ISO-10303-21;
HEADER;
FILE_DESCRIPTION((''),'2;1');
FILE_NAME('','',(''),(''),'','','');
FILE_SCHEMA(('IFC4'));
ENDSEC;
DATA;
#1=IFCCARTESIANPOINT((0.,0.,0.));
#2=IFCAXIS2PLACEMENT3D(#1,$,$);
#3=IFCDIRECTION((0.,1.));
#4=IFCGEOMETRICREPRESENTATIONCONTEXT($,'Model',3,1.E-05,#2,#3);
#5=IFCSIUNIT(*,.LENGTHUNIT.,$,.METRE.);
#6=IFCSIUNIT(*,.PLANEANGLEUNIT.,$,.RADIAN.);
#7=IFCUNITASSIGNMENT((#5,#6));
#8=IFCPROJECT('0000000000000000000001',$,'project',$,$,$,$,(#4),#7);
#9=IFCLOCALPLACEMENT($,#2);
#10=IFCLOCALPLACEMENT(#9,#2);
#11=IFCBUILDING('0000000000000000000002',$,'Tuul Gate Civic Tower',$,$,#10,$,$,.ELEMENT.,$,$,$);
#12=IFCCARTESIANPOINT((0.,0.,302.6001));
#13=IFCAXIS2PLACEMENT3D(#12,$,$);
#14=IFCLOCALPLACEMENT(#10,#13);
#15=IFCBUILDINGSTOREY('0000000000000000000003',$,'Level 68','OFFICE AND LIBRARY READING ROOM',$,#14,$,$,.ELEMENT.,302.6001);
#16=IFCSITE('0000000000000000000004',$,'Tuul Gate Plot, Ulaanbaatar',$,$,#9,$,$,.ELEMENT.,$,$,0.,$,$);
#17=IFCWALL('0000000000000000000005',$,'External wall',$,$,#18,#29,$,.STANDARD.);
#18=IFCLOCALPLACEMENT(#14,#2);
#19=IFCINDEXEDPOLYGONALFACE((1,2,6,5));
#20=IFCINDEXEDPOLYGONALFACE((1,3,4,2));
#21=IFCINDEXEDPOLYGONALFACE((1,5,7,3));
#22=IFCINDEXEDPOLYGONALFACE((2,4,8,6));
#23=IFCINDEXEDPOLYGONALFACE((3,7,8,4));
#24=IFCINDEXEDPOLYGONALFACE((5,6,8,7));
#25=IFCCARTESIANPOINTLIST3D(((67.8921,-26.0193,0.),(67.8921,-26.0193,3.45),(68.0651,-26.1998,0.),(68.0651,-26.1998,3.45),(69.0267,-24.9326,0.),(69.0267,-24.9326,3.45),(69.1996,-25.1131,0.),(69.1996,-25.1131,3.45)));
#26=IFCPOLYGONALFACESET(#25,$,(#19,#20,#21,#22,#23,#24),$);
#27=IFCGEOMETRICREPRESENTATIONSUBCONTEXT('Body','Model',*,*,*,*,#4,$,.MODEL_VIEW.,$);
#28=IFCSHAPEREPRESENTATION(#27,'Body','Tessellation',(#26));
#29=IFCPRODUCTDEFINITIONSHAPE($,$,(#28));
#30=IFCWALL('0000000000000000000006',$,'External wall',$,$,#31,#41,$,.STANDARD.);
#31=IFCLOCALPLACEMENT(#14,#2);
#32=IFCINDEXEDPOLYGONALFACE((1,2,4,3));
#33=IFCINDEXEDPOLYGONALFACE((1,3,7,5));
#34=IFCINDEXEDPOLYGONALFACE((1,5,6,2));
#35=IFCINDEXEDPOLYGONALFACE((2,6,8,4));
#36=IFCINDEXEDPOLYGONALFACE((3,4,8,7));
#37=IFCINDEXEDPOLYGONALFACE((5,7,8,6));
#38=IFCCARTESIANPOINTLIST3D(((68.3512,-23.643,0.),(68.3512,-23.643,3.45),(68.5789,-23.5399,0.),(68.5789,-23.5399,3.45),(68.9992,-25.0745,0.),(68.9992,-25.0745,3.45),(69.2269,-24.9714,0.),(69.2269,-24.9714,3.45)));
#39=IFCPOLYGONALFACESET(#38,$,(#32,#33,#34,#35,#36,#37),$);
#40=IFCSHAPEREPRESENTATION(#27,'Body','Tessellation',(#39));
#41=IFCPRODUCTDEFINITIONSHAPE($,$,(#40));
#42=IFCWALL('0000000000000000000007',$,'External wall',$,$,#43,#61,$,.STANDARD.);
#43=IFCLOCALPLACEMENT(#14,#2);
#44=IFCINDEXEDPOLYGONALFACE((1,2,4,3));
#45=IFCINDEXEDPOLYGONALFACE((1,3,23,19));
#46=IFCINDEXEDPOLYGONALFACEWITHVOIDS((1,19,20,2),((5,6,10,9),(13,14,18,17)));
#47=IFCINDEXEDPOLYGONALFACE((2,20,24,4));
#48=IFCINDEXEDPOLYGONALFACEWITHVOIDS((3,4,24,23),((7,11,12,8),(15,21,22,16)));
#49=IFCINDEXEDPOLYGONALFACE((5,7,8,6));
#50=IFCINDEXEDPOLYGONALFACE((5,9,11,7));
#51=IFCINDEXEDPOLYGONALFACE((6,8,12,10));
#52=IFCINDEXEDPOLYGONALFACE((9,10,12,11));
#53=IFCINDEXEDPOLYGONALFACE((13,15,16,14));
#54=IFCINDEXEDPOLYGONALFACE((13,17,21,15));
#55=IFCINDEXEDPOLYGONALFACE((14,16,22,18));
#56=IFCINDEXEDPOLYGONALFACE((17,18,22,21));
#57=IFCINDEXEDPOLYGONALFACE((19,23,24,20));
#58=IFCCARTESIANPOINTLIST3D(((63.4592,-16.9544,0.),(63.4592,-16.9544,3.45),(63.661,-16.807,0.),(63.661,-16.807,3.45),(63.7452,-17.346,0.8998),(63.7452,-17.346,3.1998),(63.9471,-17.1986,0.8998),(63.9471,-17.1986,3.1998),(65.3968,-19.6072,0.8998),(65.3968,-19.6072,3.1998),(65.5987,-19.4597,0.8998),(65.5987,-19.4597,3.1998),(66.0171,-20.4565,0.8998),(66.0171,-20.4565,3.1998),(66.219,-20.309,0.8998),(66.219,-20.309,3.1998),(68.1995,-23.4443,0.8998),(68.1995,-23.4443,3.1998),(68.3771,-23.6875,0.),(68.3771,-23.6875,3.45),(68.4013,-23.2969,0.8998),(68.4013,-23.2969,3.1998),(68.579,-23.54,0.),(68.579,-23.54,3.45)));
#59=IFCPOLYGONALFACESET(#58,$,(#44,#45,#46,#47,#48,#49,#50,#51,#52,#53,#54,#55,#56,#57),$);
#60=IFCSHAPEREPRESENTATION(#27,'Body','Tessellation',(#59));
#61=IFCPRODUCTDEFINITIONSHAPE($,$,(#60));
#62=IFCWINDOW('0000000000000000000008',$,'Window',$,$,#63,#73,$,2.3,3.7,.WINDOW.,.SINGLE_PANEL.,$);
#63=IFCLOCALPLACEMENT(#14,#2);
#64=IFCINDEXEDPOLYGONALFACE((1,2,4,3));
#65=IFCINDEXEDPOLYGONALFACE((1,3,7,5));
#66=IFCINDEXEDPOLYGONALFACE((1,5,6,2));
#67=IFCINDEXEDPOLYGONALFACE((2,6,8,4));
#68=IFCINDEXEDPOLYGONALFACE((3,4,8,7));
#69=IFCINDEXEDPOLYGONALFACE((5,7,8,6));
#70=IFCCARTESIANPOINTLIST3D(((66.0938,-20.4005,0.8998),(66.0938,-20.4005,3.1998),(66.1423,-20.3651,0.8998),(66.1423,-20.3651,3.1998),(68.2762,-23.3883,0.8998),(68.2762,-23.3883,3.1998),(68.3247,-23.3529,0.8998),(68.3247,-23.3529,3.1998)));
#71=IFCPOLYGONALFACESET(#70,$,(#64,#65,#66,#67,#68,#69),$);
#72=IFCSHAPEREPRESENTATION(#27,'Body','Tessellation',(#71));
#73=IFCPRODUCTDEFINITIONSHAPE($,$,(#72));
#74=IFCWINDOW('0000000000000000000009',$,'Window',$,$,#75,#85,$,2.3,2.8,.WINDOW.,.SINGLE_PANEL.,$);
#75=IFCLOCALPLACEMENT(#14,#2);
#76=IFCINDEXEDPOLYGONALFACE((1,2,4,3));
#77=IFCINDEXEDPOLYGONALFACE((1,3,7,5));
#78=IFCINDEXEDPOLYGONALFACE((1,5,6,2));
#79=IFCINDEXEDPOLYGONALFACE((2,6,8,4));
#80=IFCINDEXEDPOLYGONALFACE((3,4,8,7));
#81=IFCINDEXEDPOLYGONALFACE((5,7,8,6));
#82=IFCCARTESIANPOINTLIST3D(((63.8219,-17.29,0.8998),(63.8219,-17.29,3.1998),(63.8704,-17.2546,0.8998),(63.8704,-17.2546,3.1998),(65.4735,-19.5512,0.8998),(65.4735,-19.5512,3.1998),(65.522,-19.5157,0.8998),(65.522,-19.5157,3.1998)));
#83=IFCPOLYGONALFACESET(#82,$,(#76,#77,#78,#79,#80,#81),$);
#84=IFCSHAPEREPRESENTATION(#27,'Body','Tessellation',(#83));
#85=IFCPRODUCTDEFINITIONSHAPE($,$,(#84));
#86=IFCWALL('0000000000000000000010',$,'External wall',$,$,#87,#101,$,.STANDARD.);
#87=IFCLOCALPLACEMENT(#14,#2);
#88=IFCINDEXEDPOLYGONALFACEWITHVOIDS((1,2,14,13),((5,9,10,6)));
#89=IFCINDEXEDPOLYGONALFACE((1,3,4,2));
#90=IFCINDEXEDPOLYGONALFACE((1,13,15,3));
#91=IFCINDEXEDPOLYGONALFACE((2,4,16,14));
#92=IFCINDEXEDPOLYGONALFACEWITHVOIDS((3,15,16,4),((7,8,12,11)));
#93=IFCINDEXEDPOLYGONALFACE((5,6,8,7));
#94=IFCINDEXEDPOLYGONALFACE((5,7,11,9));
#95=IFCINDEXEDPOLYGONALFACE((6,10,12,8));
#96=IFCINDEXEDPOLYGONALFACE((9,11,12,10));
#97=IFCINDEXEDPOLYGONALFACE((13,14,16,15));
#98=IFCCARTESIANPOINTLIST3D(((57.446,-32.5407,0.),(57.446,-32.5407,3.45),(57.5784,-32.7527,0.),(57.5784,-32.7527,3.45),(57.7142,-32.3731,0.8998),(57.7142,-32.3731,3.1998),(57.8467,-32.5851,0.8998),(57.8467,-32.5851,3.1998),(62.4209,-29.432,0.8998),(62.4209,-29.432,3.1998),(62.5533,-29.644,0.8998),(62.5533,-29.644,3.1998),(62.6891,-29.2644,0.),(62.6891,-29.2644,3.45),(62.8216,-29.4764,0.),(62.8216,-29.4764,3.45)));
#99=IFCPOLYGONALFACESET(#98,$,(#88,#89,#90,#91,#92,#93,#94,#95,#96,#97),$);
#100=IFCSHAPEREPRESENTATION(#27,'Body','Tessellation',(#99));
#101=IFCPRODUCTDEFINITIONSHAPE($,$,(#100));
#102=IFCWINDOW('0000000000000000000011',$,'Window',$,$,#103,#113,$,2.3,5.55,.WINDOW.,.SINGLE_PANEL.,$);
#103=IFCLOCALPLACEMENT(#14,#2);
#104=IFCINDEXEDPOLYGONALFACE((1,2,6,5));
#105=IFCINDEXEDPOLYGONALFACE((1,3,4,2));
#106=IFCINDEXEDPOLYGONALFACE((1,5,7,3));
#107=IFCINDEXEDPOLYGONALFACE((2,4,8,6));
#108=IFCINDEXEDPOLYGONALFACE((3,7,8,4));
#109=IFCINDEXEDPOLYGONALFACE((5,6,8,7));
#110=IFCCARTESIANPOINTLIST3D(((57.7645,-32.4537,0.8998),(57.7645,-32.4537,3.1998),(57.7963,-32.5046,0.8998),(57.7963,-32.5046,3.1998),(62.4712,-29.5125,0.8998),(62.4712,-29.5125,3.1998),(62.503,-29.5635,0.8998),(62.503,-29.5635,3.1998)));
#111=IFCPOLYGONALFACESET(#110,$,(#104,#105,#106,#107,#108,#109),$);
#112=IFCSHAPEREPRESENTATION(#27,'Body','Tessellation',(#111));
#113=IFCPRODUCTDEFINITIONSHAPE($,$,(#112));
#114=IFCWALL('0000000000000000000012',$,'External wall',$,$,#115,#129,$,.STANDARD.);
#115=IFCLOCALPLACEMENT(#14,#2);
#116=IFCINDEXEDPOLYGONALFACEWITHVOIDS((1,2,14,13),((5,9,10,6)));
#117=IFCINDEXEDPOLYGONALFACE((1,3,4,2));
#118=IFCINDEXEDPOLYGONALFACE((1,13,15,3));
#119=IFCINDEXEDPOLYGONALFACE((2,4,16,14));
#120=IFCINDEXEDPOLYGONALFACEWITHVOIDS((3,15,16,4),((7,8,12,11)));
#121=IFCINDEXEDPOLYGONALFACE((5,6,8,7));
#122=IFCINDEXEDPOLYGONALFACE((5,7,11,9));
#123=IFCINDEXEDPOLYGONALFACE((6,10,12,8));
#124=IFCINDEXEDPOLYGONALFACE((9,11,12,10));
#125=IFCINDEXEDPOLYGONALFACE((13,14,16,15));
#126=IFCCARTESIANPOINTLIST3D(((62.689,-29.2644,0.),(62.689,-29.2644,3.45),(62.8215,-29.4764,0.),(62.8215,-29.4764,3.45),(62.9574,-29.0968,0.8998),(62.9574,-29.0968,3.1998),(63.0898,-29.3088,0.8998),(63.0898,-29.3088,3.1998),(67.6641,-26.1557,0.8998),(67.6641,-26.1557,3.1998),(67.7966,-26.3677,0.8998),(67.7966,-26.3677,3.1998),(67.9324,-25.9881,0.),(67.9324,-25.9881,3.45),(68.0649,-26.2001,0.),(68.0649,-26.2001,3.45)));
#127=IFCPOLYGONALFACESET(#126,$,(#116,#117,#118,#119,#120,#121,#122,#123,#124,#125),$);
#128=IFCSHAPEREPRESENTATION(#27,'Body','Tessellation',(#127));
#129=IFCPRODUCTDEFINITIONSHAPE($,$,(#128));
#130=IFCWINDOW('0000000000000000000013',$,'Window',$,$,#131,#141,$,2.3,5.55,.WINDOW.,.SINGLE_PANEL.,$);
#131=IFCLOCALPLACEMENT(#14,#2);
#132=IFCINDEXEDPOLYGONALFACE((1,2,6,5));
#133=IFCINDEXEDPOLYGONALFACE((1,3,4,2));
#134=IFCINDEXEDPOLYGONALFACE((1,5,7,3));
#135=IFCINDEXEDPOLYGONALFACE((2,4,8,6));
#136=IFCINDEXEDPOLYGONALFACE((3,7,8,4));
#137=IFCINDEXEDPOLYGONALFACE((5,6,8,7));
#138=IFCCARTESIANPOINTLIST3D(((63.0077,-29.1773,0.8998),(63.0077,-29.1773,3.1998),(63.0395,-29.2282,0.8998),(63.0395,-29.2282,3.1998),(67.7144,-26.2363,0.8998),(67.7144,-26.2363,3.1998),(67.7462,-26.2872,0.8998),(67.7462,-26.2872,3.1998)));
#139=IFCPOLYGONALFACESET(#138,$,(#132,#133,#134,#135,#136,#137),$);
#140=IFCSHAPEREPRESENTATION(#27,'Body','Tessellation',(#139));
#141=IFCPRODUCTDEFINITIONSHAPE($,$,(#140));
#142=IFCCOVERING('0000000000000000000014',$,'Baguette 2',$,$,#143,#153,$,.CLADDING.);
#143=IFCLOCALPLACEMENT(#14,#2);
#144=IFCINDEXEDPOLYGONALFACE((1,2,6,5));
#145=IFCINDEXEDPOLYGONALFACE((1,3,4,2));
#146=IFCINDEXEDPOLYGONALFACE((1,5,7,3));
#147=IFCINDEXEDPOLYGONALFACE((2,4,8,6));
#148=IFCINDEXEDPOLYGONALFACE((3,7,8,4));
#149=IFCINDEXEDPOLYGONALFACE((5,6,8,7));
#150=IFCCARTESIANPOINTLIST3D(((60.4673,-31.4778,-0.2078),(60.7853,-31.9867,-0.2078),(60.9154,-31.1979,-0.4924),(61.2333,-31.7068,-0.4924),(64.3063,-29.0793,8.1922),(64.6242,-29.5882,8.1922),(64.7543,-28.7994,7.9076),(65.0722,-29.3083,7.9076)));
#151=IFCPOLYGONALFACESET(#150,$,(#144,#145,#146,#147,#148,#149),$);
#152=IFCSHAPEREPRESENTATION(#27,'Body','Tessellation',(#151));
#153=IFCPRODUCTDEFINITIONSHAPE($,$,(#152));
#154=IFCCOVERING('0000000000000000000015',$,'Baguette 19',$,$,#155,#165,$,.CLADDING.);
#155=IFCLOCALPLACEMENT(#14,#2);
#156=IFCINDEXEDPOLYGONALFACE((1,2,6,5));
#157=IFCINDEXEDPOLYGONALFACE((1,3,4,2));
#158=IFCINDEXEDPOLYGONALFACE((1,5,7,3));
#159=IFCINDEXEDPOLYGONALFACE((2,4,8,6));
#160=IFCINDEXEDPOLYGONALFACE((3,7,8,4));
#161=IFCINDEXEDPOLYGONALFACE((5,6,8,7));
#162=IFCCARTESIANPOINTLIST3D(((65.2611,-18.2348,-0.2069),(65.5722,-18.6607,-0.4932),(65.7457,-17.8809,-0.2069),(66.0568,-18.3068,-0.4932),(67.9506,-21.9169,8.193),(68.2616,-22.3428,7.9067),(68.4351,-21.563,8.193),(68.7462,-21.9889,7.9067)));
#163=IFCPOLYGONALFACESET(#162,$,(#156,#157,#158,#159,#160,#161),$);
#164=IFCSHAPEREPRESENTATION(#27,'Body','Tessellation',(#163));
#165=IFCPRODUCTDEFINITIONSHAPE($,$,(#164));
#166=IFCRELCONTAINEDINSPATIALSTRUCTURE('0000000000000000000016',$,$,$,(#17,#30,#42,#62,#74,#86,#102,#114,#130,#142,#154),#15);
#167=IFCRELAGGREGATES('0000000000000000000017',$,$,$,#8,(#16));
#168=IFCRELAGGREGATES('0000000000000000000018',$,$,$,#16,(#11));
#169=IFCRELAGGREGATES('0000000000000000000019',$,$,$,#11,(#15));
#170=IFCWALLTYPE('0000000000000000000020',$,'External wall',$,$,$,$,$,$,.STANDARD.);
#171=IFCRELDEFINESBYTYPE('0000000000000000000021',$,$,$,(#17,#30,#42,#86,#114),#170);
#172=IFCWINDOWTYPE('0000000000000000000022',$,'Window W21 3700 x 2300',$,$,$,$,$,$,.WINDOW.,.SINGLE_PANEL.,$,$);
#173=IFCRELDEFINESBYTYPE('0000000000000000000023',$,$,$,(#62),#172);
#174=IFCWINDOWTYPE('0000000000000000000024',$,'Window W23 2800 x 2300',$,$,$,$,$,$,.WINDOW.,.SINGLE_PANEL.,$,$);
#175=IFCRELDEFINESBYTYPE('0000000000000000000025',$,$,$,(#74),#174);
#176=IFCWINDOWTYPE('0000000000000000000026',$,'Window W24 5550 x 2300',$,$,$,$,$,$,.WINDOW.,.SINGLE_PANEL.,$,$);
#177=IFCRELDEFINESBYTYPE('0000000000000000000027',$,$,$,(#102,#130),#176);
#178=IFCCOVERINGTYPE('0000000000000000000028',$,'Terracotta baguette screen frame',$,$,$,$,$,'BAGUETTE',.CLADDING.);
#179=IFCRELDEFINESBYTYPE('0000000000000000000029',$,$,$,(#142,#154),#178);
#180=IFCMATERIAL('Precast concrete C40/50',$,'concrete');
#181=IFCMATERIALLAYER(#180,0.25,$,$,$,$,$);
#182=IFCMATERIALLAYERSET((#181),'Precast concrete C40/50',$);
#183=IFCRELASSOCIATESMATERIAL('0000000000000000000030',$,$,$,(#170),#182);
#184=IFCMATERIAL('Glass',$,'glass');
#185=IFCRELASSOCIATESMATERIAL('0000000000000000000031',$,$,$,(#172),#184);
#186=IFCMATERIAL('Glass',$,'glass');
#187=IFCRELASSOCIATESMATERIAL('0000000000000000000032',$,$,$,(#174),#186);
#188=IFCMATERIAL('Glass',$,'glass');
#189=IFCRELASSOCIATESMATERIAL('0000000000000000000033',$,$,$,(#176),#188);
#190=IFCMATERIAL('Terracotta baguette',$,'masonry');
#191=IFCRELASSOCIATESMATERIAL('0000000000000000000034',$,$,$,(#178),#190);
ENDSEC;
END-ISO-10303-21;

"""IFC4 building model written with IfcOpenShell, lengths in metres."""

from ifc_helpers import new_model, si_unit, direction, frame, frame_2d, origin, origin_2d, place, context, subcontext, project, spatial, rectangle, extrude, material, layer, layer_set, material_profile, profile_set, type_object, element, fill, save


model = new_model("IFC4")

# Units and contexts
model_context = context("Model", 3, precision=1e-05, world=origin(), true_north=direction((0.0, 1.0)))
body_context = subcontext(model_context, "Body", "Model", "MODEL_VIEW")
ifc_project = project(units=[si_unit("LENGTHUNIT", "METRE"), si_unit("PLANEANGLEUNIT", "RADIAN")], contexts=[model_context])

# Site, building, storey
site_placement = place(None, origin())
site = spatial("IfcSite", under=ifc_project, at=site_placement, Name="Tuul Gate Plot, Ulaanbaatar", CompositionType="ELEMENT", RefElevation=0.0)
building_placement = place(site_placement, origin())
building = spatial("IfcBuilding", under=site, at=building_placement, Name="Tuul Gate Civic Tower", CompositionType="ELEMENT")
storey_placement = place(building_placement, frame((0.0, 0.0, 302.6001)))
storey = spatial("IfcBuildingStorey", under=building, at=storey_placement, Name="Level 68", Description="OFFICE AND LIBRARY READING ROOM", CompositionType="ELEMENT", Elevation=302.6001)

# Walls
ifc_material_1 = material(Name="Precast concrete C40/50", Category="concrete")
ifc_layer_1 = layer(ifc_material_1, 0.25)
ifc_layer_set_1 = layer_set([ifc_layer_1], Name="Precast concrete C40/50")
wall_type_1 = type_object("IfcWallType", Name="External wall", PredefinedType="STANDARD", material=ifc_layer_set_1)
wall_1_placement = place(storey_placement, frame((67.9785, -26.1096, 0.0), z_axis=(0.0, 0.0, 1.0), x_axis=(0.722173, 0.691713, 0.0)))
element("IfcWall", 1, at=wall_1_placement, inside=storey, type_object=wall_type_1, Name="External wall", PredefinedType="STANDARD", context=body_context, shape_type="SweptSolid", body=[
    extrude(rectangle(XDim=1.571, YDim=0.25, at=frame_2d((0.7856, 0.0))), origin(), (0.0, 0.0, 1.0), 3.45),
])
wall_2_placement = place(storey_placement, frame((69.113, -25.0229, 0.0), z_axis=(0.0, 0.0, 1.0), x_axis=(-0.412386, 0.911009, 0.0)))
element("IfcWall", 2, at=wall_2_placement, inside=storey, type_object=wall_type_1, Name="External wall", PredefinedType="STANDARD", context=body_context, shape_type="SweptSolid", body=[
    extrude(rectangle(XDim=1.5713, YDim=0.25, at=frame_2d((0.7856, 0.0))), origin(), (0.0, 0.0, 1.0), 3.45),
])

# Wall, openings, windows
wall_3_placement = place(storey_placement, frame((68.478, -23.6138, 0.0), z_axis=(0.0, 0.0, 1.0), x_axis=(-0.589828, 0.807529, 0.0)))
wall_3 = element("IfcWall", 3, at=wall_3_placement, inside=storey, type_object=wall_type_1, Name="External wall", PredefinedType="STANDARD", context=body_context, shape_type="SweptSolid", body=[
    extrude(rectangle(XDim=8.3379, YDim=0.25, at=frame_2d((4.1689, 0.0))), origin(), (0.0, 0.0, 1.0), 3.45),
])
opening_1_placement = place(wall_3_placement, frame((0.301, 0.0, 0.8999)))
opening_1 = element("IfcOpeningElement", 4, at=opening_1_placement, cuts=wall_3, PredefinedType="OPENING", context=body_context, shape_type="SweptSolid", body=[
    extrude(rectangle(XDim=3.7, YDim=2.3, at=frame_2d((1.8501, 1.1499))), frame((0.0, 0.135, 0.0), z_axis=(0.0, -1.0, 0.0), x_axis=(1.0, 0.0, 0.0)), (0.0, 0.0, 1.0), 0.27),
])
opening_2_placement = place(wall_3_placement, frame((5.053, 0.0, 0.8999)))
opening_2 = element("IfcOpeningElement", 5, at=opening_2_placement, cuts=wall_3, PredefinedType="OPENING", context=body_context, shape_type="SweptSolid", body=[
    extrude(rectangle(XDim=2.8, YDim=2.3, at=frame_2d((1.3999, 1.1499))), frame((0.0, 0.135, 0.0), z_axis=(0.0, -1.0, 0.0), x_axis=(1.0, 0.0, 0.0)), (0.0, 0.0, 1.0), 0.27),
])
ifc_material_2 = material(Name="Glass", Category="glass")
window_type_1 = type_object("IfcWindowType", Name="Window W21 3700 x 2300", PartitioningType="SINGLE_PANEL", PredefinedType="WINDOW", material=ifc_material_2)
window_1_placement = place(opening_1_placement, origin())
window_1 = element("IfcWindow", 6, at=window_1_placement, inside=storey, type_object=window_type_1, Name="Window", OverallHeight=2.3, OverallWidth=3.7, PartitioningType="SINGLE_PANEL", PredefinedType="WINDOW", context=body_context, shape_type="SweptSolid", body=[
    extrude(rectangle(XDim=3.7, YDim=2.3, at=frame_2d((1.8501, 1.1499))), frame((0.0, 0.03, 0.0), z_axis=(0.0, -1.0, 0.0), x_axis=(1.0, 0.0, 0.0)), (0.0, 0.0, 1.0), 0.0601),
])
fill(opening_1, window_1)
ifc_material_3 = material(Name="Glass", Category="glass")
window_type_2 = type_object("IfcWindowType", Name="Window W23 2800 x 2300", PartitioningType="SINGLE_PANEL", PredefinedType="WINDOW", material=ifc_material_3)
window_2_placement = place(opening_2_placement, origin())
window_2 = element("IfcWindow", 7, at=window_2_placement, inside=storey, type_object=window_type_2, Name="Window", OverallHeight=2.3, OverallWidth=2.8, PartitioningType="SINGLE_PANEL", PredefinedType="WINDOW", context=body_context, shape_type="SweptSolid", body=[
    extrude(rectangle(XDim=2.8, YDim=2.3, at=frame_2d((1.3999, 1.1499))), frame((0.0, 0.03, 0.0), z_axis=(0.0, -1.0, 0.0), x_axis=(1.0, 0.0, 0.0)), (0.0, 0.0, 1.0), 0.0601),
])
fill(opening_2, window_2)

# Walls, openings, windows
wall_4_placement = place(storey_placement, frame((57.5122, -32.6467, 0.0), z_axis=(0.0, 0.0, 1.0), x_axis=(0.848043, 0.529928, 0.0)))
wall_4 = element("IfcWall", 8, at=wall_4_placement, inside=storey, type_object=wall_type_1, Name="External wall", PredefinedType="STANDARD", context=body_context, shape_type="SweptSolid", body=[
    extrude(rectangle(XDim=6.1826, YDim=0.25, at=frame_2d((3.0913, 0.0))), origin(), (0.0, 0.0, 1.0), 3.45),
])
opening_3_placement = place(wall_4_placement, frame((0.3164, 0.0, 0.8999)))
opening_3 = element("IfcOpeningElement", 9, at=opening_3_placement, cuts=wall_4, PredefinedType="OPENING", context=body_context, shape_type="SweptSolid", body=[
    extrude(rectangle(XDim=5.55, YDim=2.3, at=frame_2d((2.7749, 1.1499))), frame((0.0, 0.135, 0.0), z_axis=(0.0, -1.0, 0.0), x_axis=(1.0, 0.0, 0.0)), (0.0, 0.0, 1.0), 0.27),
])
ifc_material_4 = material(Name="Glass", Category="glass")
window_type_3 = type_object("IfcWindowType", Name="Window W24 5550 x 2300", PartitioningType="SINGLE_PANEL", PredefinedType="WINDOW", material=ifc_material_4)
window_3_placement = place(opening_3_placement, origin())
window_3 = element("IfcWindow", 10, at=window_3_placement, inside=storey, type_object=window_type_3, Name="Window", OverallHeight=2.3, OverallWidth=5.55, PartitioningType="SINGLE_PANEL", PredefinedType="WINDOW", context=body_context, shape_type="SweptSolid", body=[
    extrude(rectangle(XDim=5.55, YDim=2.3, at=frame_2d((2.7749, 1.1499))), frame((0.0, 0.03, 0.0), z_axis=(0.0, -1.0, 0.0), x_axis=(1.0, 0.0, 0.0)), (0.0, 0.0, 1.0), 0.0601),
])
fill(opening_3, window_3)
wall_5_placement = place(storey_placement, frame((62.7554, -29.3704, 0.0), z_axis=(0.0, 0.0, 1.0), x_axis=(0.848054, 0.52991, 0.0)))
wall_5 = element("IfcWall", 11, at=wall_5_placement, inside=storey, type_object=wall_type_1, Name="External wall", PredefinedType="STANDARD", context=body_context, shape_type="SweptSolid", body=[
    extrude(rectangle(XDim=6.1829, YDim=0.25, at=frame_2d((3.0913, 0.0))), origin(), (0.0, 0.0, 1.0), 3.45),
])
opening_4_placement = place(wall_5_placement, frame((0.3164, 0.0, 0.8999)))
opening_4 = element("IfcOpeningElement", 12, at=opening_4_placement, cuts=wall_5, PredefinedType="OPENING", context=body_context, shape_type="SweptSolid", body=[
    extrude(rectangle(XDim=5.55, YDim=2.3, at=frame_2d((2.7749, 1.1499))), frame((0.0, 0.135, 0.0), z_axis=(0.0, -1.0, 0.0), x_axis=(1.0, 0.0, 0.0)), (0.0, 0.0, 1.0), 0.27),
])
window_4_placement = place(opening_4_placement, origin())
window_4 = element("IfcWindow", 13, at=window_4_placement, inside=storey, type_object=window_type_3, Name="Window", OverallHeight=2.3, OverallWidth=5.55, PartitioningType="SINGLE_PANEL", PredefinedType="WINDOW", context=body_context, shape_type="SweptSolid", body=[
    extrude(rectangle(XDim=5.55, YDim=2.3, at=frame_2d((2.7749, 1.1499))), frame((0.0, 0.03, 0.0), z_axis=(0.0, -1.0, 0.0), x_axis=(1.0, 0.0, 0.0)), (0.0, 0.0, 1.0), 0.0601),
])
fill(opening_4, window_4)

# Coverings
ifc_material_5 = material(Name="Terracotta baguette", Category="masonry")
ifc_material_profile_1 = material_profile(ifc_material_5, rectangle(XDim=0.6001, YDim=0.6001, at=origin_2d()), Name="Terracotta baguette screen frame")
ifc_profile_set_1 = profile_set([ifc_material_profile_1], Name="Terracotta baguette")
covering_type = type_object("IfcCoveringType", Name="Terracotta baguette screen frame", ElementType="BAGUETTE", PredefinedType="CLADDING", material=ifc_profile_set_1)
covering_1_placement = place(storey_placement, frame((60.8503, -31.5923, -0.3501), z_axis=(0.402317, 0.251359, 0.880318), x_axis=(-0.529863, 0.848083, 0.0)))
element("IfcCovering", 14, at=covering_1_placement, inside=storey, type_object=covering_type, Name="Baguette 2", PredefinedType="CLADDING", context=body_context, shape_type="SweptSolid", body=[
    extrude(rectangle(XDim=0.6001, YDim=0.6001, at=origin_2d()), origin(), (0.0, 0.0, 1.0), 9.542),
])
covering_2_placement = place(storey_placement, frame((68.3484, -21.9529, 8.0498), z_axis=(-0.281391, 0.385253, -0.878862), x_axis=(-0.80753, -0.589826, 0.0)))
element("IfcCovering", 15, at=covering_2_placement, inside=storey, type_object=covering_type, Name="Baguette 19", PredefinedType="CLADDING", context=body_context, shape_type="SweptSolid", body=[
    extrude(rectangle(XDim=0.6001, YDim=0.6001, at=origin_2d()), origin(), (0.0, 0.0, 1.0), 9.5576),
])

save(model, "model.ifc")
